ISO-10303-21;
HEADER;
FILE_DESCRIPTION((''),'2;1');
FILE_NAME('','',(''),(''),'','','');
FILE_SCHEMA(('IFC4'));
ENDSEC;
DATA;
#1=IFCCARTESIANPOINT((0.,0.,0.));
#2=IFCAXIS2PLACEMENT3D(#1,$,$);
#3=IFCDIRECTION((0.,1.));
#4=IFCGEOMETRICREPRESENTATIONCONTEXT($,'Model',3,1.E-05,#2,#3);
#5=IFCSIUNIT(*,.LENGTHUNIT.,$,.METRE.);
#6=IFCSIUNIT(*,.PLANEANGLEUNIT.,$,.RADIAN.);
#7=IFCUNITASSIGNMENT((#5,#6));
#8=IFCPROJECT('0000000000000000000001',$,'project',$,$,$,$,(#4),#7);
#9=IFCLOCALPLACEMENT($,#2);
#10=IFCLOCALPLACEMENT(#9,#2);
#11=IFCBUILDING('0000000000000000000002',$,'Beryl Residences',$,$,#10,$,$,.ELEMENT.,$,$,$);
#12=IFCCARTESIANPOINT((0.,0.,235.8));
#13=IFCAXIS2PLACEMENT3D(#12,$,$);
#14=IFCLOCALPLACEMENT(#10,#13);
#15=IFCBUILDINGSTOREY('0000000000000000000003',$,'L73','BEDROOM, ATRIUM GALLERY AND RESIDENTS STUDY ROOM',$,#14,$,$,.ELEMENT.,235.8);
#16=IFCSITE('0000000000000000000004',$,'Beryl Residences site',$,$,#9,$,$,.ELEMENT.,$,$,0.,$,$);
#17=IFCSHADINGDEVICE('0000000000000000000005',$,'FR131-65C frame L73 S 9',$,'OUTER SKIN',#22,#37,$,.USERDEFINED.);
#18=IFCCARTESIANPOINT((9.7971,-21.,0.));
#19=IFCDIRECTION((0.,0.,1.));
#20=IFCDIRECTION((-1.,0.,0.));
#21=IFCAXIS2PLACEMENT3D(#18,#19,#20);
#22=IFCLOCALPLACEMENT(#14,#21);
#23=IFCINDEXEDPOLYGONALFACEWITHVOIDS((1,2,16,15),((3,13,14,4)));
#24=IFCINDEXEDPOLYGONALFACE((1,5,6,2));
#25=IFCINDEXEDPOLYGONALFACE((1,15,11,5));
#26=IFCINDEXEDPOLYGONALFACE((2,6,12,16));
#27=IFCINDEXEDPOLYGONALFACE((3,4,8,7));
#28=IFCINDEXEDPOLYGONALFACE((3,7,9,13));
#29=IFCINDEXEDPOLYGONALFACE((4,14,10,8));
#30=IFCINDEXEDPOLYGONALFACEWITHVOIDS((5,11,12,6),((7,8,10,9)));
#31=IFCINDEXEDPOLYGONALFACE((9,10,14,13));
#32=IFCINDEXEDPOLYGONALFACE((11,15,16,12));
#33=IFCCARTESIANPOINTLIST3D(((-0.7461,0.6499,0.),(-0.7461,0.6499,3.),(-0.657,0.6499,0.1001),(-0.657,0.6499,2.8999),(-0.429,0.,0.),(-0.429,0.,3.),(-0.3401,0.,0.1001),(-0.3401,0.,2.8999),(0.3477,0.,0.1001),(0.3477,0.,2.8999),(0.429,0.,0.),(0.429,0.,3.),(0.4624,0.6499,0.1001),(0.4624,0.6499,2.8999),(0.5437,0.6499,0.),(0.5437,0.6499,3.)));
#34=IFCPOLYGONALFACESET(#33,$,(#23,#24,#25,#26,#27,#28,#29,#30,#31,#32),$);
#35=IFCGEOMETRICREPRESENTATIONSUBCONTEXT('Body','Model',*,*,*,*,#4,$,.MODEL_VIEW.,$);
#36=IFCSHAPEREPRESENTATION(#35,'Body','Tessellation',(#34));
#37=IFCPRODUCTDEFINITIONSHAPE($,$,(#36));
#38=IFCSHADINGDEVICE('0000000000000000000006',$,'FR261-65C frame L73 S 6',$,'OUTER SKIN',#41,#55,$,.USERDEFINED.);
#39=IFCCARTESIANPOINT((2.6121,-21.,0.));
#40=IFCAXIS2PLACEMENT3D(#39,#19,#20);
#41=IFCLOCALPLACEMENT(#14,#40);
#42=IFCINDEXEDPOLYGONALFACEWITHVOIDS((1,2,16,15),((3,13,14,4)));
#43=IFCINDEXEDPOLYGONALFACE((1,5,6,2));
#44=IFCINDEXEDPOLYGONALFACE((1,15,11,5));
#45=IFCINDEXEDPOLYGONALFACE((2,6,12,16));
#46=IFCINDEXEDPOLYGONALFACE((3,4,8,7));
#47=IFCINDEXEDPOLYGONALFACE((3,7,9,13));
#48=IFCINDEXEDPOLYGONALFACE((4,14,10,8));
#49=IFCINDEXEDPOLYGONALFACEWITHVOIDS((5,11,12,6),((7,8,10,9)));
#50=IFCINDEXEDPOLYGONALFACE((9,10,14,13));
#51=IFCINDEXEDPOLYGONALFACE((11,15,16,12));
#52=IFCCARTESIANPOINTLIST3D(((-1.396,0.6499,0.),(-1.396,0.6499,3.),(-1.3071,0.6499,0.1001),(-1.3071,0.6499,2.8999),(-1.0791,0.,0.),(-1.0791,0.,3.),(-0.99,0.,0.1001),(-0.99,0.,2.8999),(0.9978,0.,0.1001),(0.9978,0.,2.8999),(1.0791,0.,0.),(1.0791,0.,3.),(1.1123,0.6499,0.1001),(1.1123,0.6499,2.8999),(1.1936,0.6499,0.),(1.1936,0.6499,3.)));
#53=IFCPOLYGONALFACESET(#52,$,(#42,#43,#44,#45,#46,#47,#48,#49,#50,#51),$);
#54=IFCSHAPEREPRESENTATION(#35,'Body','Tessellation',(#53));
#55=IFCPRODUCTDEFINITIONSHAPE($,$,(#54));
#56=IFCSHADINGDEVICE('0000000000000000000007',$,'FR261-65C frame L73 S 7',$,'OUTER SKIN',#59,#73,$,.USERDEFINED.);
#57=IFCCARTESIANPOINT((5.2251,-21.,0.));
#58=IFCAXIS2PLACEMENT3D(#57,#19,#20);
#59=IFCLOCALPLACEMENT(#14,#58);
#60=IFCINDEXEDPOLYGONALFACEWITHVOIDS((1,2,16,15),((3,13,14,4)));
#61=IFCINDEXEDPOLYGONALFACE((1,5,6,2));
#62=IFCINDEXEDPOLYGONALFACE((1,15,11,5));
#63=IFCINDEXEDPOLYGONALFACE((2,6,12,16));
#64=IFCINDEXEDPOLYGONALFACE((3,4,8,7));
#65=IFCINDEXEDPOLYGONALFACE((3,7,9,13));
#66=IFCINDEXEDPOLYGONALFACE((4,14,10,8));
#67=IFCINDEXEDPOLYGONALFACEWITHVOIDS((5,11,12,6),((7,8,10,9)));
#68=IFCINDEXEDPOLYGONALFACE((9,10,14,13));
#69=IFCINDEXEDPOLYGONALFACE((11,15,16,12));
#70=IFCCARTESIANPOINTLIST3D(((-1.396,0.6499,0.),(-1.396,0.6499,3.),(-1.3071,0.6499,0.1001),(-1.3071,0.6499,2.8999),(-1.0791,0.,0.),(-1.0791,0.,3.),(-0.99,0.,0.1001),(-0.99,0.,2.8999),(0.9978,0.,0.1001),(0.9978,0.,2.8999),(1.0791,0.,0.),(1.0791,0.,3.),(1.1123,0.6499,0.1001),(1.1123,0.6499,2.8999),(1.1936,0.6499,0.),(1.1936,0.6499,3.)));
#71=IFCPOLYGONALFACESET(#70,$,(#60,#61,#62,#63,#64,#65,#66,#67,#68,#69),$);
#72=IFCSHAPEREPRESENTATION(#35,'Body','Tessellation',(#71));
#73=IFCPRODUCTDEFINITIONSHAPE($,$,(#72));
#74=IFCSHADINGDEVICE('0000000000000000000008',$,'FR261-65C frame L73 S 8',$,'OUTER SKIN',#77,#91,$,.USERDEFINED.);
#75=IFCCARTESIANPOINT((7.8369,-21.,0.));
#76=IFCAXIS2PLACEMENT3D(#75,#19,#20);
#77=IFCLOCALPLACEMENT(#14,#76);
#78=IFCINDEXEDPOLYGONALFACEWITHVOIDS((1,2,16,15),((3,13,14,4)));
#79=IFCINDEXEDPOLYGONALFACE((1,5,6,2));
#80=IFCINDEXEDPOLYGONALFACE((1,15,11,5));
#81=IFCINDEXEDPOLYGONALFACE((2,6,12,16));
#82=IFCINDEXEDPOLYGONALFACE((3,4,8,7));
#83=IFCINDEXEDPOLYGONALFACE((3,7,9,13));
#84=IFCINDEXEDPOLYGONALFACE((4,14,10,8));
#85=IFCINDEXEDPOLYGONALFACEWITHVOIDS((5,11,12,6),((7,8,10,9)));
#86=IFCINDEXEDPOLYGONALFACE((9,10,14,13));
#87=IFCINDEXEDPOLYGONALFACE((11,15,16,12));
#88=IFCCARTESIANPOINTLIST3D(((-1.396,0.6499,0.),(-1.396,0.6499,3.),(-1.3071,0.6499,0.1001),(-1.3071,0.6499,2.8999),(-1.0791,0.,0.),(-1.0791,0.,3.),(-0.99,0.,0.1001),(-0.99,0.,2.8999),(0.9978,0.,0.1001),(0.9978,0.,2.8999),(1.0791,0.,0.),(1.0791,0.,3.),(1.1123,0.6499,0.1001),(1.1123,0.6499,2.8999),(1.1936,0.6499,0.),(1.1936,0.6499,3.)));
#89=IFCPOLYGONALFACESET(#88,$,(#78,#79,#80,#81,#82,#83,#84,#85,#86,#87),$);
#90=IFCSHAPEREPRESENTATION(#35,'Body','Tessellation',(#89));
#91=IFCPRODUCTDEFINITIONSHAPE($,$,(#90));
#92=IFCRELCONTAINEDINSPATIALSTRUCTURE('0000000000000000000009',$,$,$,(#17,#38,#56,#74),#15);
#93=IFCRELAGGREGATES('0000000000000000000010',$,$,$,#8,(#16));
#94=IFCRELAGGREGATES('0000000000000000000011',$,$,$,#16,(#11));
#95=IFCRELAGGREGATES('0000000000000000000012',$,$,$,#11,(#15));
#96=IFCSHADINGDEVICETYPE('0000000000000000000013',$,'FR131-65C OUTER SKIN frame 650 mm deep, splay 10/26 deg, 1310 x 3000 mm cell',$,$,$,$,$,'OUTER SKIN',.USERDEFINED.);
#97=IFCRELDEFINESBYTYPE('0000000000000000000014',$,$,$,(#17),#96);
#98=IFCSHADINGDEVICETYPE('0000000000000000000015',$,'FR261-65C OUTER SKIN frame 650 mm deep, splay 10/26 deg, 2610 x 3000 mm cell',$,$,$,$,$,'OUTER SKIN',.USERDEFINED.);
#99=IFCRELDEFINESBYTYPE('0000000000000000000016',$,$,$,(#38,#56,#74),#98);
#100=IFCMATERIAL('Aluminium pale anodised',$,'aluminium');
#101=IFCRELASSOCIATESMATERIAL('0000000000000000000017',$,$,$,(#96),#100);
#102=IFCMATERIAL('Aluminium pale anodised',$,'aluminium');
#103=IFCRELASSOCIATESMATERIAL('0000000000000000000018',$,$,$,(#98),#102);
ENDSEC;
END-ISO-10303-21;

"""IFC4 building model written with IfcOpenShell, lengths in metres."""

from ifc_helpers import new_model, entity, si_unit, direction, frame, origin, place, context, subcontext, project, spatial, source, transform, mapped, material, type_object, type_shapes, element, save


model = new_model("IFC4")

# Units and contexts
model_context = context("Model", 3, precision=1e-05, world=origin(), true_north=direction((0.0, 1.0)))
body_context = subcontext(model_context, "Body", "Model", "MODEL_VIEW")
ifc_project = project(units=[si_unit("LENGTHUNIT", "METRE"), si_unit("PLANEANGLEUNIT", "RADIAN")], contexts=[model_context])

# Site, building, storey
site_placement = place(None, origin())
site = spatial("IfcSite", under=ifc_project, at=site_placement, Name="Beryl Residences site", CompositionType="ELEMENT", RefElevation=0.0)
building_placement = place(site_placement, origin())
building = spatial("IfcBuilding", under=site, at=building_placement, Name="Beryl Residences", CompositionType="ELEMENT")
storey_placement = place(building_placement, frame((0.0, 0.0, 235.8)))
storey = spatial("IfcBuildingStorey", under=building, at=storey_placement, Name="L73", Description="BEDROOM, ATRIUM GALLERY AND RESIDENTS STUDY ROOM", CompositionType="ELEMENT", Elevation=235.8)

# Shading devices
ifc_material_1 = material(Name="Aluminium pale anodised", Category="aluminium")
shading_device_type_1 = type_object("IfcShadingDeviceType", Name="FR131-65C OUTER SKIN frame 650 mm deep, splay 10/26 deg, 1310 x 3000 mm cell", ElementType="OUTER SKIN", PredefinedType="USERDEFINED", material=ifc_material_1)
cartesian_point_1 = entity("IfcCartesianPoint", [-0.429, 0.0])
cartesian_point_2 = entity("IfcCartesianPoint", [-0.3477, 0.1001])
cartesian_point_3 = entity("IfcCartesianPoint", [-0.5437, 0.0])
cartesian_point_4 = entity("IfcCartesianPoint", [-0.4624, 0.1001])
shared_shape_1 = source(origin(), body_context, "Body", "SweptSolid", [
    entity("IfcExtrudedAreaSolidTapered", entity("IfcArbitraryProfileDefWithVoids", "AREA", None, entity("IfcPolyline", [cartesian_point_1, entity("IfcCartesianPoint", [0.429, 0.0]), entity("IfcCartesianPoint", [0.429, 3.0]), entity("IfcCartesianPoint", [-0.429, 3.0]), cartesian_point_1]), [entity("IfcPolyline", [cartesian_point_2, entity("IfcCartesianPoint", [0.3401, 0.1001]), entity("IfcCartesianPoint", [0.3401, 2.8999]), entity("IfcCartesianPoint", [-0.3477, 2.8999]), cartesian_point_2])]), entity("IfcAxis2Placement3D", entity("IfcCartesianPoint", [0.0, 0.0, 0.0]), entity("IfcDirection", [0.0, 1.0, 0.0]), entity("IfcDirection", [-1.0, 0.0, 0.0])), entity("IfcDirection", [0.0, 0.0, 1.0]), 0.6499, entity("IfcArbitraryProfileDefWithVoids", "AREA", None, entity("IfcPolyline", [cartesian_point_3, entity("IfcCartesianPoint", [0.7461, 0.0]), entity("IfcCartesianPoint", [0.7461, 3.0]), entity("IfcCartesianPoint", [-0.5437, 3.0]), cartesian_point_3]), [entity("IfcPolyline", [cartesian_point_4, entity("IfcCartesianPoint", [0.657, 0.1001]), entity("IfcCartesianPoint", [0.657, 2.8999]), entity("IfcCartesianPoint", [-0.4624, 2.8999]), cartesian_point_4])])),
])
type_shapes(shading_device_type_1, [shared_shape_1])
shading_device_placement = place(storey_placement, frame((9.7971, -21.0, 0.0), z_axis=(0.0, 0.0, 1.0), x_axis=(-1.0, 0.0, 0.0)))
element("IfcShadingDevice", 1, at=shading_device_placement, inside=storey, type_object=shading_device_type_1, Name="FR131-65C frame L73 S 9", ObjectType="OUTER SKIN", PredefinedType="USERDEFINED", context=body_context, shape_type="MappedRepresentation", body=[
    mapped(shared_shape_1, transform((0.0, 0.0, 0.0))),
])
ifc_material_2 = material(Name="Aluminium pale anodised", Category="aluminium")
shading_device_type_2 = type_object("IfcShadingDeviceType", Name="FR261-65C OUTER SKIN frame 650 mm deep, splay 10/26 deg, 2610 x 3000 mm cell", ElementType="OUTER SKIN", PredefinedType="USERDEFINED", material=ifc_material_2)
cartesian_point_5 = entity("IfcCartesianPoint", [-1.0791, 0.0])
cartesian_point_6 = entity("IfcCartesianPoint", [-0.9978, 0.1001])
cartesian_point_7 = entity("IfcCartesianPoint", [-1.1936, 0.0])
cartesian_point_8 = entity("IfcCartesianPoint", [-1.1123, 0.1001])
shared_shape_2 = source(origin(), body_context, "Body", "SweptSolid", [
    entity("IfcExtrudedAreaSolidTapered", entity("IfcArbitraryProfileDefWithVoids", "AREA", None, entity("IfcPolyline", [cartesian_point_5, entity("IfcCartesianPoint", [1.0791, 0.0]), entity("IfcCartesianPoint", [1.0791, 3.0]), entity("IfcCartesianPoint", [-1.0791, 3.0]), cartesian_point_5]), [entity("IfcPolyline", [cartesian_point_6, entity("IfcCartesianPoint", [0.99, 0.1001]), entity("IfcCartesianPoint", [0.99, 2.8999]), entity("IfcCartesianPoint", [-0.9978, 2.8999]), cartesian_point_6])]), entity("IfcAxis2Placement3D", entity("IfcCartesianPoint", [0.0, 0.0, 0.0]), entity("IfcDirection", [0.0, 1.0, 0.0]), entity("IfcDirection", [-1.0, 0.0, 0.0])), entity("IfcDirection", [0.0, 0.0, 1.0]), 0.6499, entity("IfcArbitraryProfileDefWithVoids", "AREA", None, entity("IfcPolyline", [cartesian_point_7, entity("IfcCartesianPoint", [1.396, 0.0]), entity("IfcCartesianPoint", [1.396, 3.0]), entity("IfcCartesianPoint", [-1.1936, 3.0]), cartesian_point_7]), [entity("IfcPolyline", [cartesian_point_8, entity("IfcCartesianPoint", [1.3071, 0.1001]), entity("IfcCartesianPoint", [1.3071, 2.8999]), entity("IfcCartesianPoint", [-1.1123, 2.8999]), cartesian_point_8])])),
])
type_shapes(shading_device_type_2, [shared_shape_2])
for number, where, z_axis, x_axis, name in (
    (2, (2.6121, -21.0, 0.0), (0.0, 0.0, 1.0), (-1.0, 0.0, 0.0), "FR261-65C frame L73 S 6"),
    (3, (5.2251, -21.0, 0.0), (0.0, 0.0, 1.0), (-1.0, 0.0, 0.0), "FR261-65C frame L73 S 7"),
    (4, (7.8369, -21.0, 0.0), (0.0, 0.0, 1.0), (-1.0, 0.0, 0.0), "FR261-65C frame L73 S 8"),
):
    element("IfcShadingDevice", number, at=place(storey_placement, frame(where, z_axis=z_axis, x_axis=x_axis)), inside=storey, type_object=shading_device_type_2, Name=name, ObjectType="OUTER SKIN", PredefinedType="USERDEFINED", context=body_context, shape_type="MappedRepresentation", body=[
        mapped(shared_shape_2, transform((0.0, 0.0, 0.0))),
    ])

save(model, "model.ifc")
